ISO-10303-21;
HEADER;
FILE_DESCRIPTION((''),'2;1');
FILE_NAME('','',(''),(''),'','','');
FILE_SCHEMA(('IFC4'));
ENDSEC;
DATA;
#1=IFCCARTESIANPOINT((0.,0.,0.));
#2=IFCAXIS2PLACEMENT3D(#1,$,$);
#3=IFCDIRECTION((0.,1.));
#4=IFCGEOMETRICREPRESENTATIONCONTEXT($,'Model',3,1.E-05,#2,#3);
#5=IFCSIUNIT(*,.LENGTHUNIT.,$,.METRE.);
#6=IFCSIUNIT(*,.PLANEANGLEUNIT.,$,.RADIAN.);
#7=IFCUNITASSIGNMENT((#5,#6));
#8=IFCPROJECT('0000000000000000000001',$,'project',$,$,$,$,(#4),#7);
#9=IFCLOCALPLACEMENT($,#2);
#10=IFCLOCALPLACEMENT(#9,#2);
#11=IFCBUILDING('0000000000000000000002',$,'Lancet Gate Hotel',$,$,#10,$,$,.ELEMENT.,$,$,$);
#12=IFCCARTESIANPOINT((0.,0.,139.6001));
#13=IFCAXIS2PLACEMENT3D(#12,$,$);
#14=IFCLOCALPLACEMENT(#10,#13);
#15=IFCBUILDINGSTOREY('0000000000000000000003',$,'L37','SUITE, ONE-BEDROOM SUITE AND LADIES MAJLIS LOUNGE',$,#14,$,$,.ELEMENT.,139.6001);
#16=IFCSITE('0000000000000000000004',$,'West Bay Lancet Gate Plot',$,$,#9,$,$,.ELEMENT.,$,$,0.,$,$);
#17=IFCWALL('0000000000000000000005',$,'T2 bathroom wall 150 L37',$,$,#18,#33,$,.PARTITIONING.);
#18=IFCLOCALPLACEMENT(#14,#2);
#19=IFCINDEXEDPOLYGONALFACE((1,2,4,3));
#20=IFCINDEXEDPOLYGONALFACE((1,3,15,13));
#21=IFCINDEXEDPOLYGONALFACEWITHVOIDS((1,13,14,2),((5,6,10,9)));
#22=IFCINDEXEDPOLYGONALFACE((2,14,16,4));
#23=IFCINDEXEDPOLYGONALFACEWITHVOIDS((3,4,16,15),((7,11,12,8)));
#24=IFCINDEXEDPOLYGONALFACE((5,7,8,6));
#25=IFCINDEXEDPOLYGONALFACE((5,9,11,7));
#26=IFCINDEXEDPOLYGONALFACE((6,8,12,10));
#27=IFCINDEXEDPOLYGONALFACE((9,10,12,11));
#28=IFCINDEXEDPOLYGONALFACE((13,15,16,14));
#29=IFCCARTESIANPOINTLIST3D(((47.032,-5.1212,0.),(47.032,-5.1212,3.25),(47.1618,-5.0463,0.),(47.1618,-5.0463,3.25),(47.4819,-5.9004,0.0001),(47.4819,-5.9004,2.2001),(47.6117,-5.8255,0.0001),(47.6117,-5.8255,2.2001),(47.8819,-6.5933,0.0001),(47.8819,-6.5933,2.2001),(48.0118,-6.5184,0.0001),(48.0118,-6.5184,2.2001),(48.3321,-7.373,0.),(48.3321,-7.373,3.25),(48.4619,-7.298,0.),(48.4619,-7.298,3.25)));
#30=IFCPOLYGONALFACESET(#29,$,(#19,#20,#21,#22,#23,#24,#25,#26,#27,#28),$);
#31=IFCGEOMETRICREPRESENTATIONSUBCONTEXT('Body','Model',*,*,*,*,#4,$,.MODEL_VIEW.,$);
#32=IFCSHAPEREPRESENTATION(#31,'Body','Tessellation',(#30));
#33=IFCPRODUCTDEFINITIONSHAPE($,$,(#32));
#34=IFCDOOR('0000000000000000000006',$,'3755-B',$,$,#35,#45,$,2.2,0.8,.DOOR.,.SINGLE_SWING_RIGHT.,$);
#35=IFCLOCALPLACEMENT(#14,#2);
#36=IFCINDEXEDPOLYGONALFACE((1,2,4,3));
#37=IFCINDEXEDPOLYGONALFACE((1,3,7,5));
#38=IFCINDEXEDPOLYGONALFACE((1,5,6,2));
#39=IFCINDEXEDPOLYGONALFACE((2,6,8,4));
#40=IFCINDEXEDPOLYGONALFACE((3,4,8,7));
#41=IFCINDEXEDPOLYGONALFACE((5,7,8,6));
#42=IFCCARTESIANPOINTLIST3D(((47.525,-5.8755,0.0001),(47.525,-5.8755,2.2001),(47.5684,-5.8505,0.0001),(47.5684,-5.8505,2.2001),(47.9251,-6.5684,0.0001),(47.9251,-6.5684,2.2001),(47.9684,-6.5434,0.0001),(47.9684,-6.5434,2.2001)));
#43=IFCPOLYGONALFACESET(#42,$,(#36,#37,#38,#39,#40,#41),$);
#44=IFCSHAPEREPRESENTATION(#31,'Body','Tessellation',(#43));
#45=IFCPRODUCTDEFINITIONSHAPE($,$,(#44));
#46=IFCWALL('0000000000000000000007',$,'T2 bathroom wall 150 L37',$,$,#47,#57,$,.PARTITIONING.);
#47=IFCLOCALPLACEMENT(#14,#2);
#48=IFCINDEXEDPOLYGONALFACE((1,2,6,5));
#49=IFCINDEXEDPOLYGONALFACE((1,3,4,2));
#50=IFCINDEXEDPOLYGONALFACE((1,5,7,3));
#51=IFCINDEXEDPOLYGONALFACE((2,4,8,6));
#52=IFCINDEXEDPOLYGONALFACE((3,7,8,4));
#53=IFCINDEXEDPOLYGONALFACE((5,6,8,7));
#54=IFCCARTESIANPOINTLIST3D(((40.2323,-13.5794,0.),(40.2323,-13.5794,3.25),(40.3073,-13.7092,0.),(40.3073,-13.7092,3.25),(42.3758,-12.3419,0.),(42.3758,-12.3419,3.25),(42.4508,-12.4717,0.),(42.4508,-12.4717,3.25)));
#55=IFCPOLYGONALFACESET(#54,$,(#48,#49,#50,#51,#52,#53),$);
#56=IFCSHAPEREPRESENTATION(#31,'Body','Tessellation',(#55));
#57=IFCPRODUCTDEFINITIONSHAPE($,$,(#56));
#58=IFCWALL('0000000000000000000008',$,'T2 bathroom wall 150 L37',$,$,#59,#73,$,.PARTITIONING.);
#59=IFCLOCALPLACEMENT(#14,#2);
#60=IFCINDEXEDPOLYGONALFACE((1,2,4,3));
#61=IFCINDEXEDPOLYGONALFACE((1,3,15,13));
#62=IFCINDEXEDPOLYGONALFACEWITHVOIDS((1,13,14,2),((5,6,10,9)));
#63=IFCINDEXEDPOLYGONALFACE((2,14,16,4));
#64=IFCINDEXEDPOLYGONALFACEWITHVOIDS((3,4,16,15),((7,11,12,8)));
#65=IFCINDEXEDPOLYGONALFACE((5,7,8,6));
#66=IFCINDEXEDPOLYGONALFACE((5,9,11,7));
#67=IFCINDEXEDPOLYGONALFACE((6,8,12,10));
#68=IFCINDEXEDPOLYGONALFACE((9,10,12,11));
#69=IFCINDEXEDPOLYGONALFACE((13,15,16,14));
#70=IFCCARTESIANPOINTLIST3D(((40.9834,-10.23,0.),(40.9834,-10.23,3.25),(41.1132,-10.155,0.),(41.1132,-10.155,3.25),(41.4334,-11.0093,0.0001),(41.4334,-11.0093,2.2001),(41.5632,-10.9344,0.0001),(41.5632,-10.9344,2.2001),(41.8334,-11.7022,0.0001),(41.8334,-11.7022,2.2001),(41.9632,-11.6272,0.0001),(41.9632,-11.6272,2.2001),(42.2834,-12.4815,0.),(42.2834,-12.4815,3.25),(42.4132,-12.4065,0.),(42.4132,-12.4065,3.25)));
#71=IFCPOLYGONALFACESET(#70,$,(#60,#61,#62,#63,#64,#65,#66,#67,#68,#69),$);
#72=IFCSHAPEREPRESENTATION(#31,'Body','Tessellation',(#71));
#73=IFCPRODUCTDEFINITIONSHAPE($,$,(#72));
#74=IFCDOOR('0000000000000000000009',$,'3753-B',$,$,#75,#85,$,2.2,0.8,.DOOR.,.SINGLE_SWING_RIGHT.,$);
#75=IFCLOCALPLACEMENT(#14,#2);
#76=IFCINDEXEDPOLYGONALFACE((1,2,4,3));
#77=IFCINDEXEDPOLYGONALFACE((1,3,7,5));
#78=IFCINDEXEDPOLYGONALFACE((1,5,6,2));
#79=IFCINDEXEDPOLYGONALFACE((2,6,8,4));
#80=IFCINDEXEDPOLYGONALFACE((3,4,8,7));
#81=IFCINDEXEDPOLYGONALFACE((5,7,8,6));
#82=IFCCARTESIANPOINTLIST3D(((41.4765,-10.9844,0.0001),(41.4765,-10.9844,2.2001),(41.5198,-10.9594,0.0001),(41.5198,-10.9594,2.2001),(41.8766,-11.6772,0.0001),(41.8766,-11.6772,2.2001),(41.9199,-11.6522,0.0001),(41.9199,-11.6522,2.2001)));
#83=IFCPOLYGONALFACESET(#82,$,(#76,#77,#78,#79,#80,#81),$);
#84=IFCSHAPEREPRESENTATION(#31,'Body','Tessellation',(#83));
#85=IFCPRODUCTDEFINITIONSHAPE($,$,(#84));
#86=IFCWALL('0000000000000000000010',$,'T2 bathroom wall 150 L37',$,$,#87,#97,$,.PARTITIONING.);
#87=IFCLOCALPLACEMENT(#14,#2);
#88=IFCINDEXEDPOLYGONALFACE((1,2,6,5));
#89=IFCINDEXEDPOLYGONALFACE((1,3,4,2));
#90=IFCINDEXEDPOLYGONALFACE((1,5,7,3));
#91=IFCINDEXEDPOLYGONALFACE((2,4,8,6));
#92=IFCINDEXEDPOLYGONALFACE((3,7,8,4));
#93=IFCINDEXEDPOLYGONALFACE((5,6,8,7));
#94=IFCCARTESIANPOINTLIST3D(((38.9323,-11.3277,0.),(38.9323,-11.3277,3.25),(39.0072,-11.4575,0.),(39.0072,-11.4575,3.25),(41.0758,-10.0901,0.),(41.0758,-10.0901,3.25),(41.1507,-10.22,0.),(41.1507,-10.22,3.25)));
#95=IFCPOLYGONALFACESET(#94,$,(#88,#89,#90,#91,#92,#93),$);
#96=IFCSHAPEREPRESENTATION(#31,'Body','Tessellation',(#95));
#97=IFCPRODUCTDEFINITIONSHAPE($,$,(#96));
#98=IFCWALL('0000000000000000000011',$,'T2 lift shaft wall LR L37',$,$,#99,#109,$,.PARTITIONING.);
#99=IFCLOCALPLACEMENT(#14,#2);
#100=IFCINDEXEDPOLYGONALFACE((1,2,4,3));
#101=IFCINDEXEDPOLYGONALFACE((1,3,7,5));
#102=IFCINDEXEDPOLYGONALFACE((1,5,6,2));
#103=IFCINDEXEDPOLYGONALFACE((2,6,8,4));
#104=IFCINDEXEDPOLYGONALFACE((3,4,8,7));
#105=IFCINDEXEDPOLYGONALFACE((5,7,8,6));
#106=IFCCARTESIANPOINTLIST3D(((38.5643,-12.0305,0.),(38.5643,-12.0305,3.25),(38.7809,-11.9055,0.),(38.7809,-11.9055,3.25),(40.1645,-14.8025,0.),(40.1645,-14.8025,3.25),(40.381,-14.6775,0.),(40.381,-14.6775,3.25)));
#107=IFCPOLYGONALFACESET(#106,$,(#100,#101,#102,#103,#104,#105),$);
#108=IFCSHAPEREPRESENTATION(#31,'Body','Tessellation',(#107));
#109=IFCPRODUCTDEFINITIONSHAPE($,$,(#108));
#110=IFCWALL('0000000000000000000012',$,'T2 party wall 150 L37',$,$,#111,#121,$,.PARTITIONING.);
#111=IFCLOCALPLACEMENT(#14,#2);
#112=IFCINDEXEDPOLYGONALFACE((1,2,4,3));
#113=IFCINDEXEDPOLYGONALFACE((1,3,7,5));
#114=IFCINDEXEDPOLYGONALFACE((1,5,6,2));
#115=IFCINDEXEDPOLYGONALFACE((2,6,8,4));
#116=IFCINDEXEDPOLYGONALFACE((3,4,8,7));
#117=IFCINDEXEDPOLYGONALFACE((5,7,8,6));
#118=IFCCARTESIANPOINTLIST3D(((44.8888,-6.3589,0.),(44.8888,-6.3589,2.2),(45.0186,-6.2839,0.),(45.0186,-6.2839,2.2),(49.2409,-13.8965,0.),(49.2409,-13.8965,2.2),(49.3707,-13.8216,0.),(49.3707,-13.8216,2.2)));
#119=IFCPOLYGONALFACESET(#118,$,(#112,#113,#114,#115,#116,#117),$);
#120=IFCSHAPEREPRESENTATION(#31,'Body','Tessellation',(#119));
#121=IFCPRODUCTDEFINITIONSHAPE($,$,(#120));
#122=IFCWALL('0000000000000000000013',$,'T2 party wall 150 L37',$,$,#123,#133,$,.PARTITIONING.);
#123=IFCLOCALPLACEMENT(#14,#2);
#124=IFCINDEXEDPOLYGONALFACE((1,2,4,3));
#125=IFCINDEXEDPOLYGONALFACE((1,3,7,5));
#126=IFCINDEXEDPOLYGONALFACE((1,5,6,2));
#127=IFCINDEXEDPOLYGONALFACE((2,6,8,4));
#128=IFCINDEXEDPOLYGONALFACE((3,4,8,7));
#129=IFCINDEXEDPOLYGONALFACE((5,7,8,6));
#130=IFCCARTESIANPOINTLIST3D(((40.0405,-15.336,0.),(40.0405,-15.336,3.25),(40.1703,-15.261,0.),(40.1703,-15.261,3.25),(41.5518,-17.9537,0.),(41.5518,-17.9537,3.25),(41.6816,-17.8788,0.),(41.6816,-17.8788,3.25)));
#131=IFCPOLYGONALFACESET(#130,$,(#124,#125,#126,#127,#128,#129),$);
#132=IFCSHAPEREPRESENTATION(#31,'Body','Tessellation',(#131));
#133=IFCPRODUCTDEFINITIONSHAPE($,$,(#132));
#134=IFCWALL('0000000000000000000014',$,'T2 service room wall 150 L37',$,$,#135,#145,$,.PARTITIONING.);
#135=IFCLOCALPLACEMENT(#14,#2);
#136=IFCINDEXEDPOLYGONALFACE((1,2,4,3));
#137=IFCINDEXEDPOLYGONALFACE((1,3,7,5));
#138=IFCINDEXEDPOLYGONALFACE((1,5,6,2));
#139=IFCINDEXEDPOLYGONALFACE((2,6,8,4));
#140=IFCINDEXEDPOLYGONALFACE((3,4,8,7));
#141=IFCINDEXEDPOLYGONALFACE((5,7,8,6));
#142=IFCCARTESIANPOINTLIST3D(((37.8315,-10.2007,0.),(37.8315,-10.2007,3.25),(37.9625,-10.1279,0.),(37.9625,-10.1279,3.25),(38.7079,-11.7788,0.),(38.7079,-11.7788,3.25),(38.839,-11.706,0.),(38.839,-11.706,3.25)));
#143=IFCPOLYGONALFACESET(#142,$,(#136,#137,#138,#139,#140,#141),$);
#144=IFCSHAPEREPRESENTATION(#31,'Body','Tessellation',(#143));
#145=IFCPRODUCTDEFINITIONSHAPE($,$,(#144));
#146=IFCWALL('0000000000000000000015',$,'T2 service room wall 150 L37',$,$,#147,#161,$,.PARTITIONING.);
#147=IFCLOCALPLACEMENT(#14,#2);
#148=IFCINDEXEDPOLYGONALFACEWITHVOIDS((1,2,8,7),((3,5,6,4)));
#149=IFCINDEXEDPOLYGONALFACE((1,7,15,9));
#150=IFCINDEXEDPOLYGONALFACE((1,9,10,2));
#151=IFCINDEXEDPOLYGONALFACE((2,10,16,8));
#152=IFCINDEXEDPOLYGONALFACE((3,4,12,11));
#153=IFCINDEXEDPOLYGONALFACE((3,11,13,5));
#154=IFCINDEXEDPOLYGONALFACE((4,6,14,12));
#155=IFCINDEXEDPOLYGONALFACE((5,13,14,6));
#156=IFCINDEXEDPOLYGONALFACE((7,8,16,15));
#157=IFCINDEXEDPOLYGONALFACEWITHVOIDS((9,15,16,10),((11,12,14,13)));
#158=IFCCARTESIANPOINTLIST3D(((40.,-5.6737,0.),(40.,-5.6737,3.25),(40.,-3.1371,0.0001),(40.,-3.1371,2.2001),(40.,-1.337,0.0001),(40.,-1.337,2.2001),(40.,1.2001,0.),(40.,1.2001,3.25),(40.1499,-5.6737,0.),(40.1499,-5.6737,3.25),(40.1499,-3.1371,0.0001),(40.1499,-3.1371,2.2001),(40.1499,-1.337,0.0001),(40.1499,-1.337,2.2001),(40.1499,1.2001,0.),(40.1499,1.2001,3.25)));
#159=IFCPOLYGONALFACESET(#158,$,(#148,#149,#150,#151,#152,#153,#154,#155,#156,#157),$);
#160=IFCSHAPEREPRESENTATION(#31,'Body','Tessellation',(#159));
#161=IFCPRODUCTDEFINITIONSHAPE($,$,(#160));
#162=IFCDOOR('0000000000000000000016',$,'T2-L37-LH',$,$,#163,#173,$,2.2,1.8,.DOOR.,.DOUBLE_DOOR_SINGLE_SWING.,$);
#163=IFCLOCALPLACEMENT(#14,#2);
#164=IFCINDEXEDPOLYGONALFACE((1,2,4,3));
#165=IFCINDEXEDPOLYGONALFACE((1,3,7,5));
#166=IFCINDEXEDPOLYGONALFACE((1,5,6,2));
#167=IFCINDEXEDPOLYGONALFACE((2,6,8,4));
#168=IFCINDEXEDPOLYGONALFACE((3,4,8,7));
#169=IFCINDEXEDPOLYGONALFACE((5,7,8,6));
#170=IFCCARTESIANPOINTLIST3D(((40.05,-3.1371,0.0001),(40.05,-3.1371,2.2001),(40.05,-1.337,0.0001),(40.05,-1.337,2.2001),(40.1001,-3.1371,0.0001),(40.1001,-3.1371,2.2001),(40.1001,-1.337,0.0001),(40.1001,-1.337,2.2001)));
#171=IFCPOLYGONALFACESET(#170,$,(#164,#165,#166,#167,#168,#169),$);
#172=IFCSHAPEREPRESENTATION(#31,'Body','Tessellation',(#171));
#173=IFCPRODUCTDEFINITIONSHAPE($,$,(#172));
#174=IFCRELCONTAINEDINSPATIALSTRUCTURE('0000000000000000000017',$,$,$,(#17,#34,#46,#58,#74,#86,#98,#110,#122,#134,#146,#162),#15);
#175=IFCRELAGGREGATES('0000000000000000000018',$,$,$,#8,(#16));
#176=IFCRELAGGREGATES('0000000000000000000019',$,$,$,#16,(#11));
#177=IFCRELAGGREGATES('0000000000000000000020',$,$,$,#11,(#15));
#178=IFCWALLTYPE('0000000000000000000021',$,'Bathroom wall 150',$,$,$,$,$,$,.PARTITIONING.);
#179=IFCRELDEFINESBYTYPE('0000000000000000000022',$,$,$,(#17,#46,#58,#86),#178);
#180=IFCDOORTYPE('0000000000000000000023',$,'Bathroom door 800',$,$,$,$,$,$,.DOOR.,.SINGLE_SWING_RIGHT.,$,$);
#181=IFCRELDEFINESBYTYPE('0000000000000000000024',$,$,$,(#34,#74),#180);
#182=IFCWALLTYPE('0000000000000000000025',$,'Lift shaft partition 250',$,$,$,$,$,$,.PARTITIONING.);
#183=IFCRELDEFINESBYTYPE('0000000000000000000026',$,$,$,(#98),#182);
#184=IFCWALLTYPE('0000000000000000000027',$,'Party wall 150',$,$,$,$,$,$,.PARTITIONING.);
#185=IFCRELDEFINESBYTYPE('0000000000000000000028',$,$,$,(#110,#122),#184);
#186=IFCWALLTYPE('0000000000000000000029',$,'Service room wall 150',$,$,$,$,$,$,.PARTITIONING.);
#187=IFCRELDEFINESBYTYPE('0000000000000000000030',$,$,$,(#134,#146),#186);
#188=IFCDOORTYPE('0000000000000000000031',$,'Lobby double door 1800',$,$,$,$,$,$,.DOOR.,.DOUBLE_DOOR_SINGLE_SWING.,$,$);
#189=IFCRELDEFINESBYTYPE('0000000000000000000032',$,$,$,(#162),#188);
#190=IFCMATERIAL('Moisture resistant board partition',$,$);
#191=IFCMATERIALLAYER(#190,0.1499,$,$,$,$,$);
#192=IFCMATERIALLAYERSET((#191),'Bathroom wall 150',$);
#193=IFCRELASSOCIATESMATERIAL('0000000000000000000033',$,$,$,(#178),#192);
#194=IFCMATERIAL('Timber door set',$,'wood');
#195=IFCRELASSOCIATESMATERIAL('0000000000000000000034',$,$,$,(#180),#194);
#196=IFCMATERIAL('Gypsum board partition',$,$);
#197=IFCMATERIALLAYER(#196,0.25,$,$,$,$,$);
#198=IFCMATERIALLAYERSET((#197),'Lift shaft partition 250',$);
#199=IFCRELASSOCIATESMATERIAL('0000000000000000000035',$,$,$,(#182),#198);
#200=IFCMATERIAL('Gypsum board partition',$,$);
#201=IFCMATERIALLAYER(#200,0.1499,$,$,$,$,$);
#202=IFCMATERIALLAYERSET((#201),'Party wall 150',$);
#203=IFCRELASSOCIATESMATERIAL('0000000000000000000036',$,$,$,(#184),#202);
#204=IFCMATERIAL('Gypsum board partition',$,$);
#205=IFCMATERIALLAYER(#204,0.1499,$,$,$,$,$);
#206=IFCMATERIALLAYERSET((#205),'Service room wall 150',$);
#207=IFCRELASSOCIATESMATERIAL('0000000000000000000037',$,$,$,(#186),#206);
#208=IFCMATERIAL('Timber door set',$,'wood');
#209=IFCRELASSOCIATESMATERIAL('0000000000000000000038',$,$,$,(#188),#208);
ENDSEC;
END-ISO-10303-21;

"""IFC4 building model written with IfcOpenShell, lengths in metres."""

from ifc_helpers import new_model, si_unit, direction, frame, frame_2d, origin, place, context, subcontext, project, spatial, rectangle, extrude, material, layer, layer_set, type_object, element, fill, save


model = new_model("IFC4")

# Units and contexts
model_context = context("Model", 3, precision=1e-05, world=origin(), true_north=direction((0.0, 1.0)))
body_context = subcontext(model_context, "Body", "Model", "MODEL_VIEW")
ifc_project = project(units=[si_unit("LENGTHUNIT", "METRE"), si_unit("PLANEANGLEUNIT", "RADIAN")], contexts=[model_context])

# Site, building, storey
site_placement = place(None, origin())
site = spatial("IfcSite", under=ifc_project, at=site_placement, Name="West Bay Lancet Gate Plot", CompositionType="ELEMENT", RefElevation=0.0)
building_placement = place(site_placement, origin())
building = spatial("IfcBuilding", under=site, at=building_placement, Name="Lancet Gate Hotel", CompositionType="ELEMENT")
storey_placement = place(building_placement, frame((0.0, 0.0, 139.6001)))
storey = spatial("IfcBuildingStorey", under=building, at=storey_placement, Name="L37", Description="SUITE, ONE-BEDROOM SUITE AND LADIES MAJLIS LOUNGE", CompositionType="ELEMENT", Elevation=139.6001)

# Shared definitions
ifc_material_1 = material(Name="Moisture resistant board partition")
ifc_layer_1 = layer(ifc_material_1, 0.1499)
ifc_layer_set_1 = layer_set([ifc_layer_1], Name="Bathroom wall 150")
wall_type_1 = type_object("IfcWallType", Name="Bathroom wall 150", PredefinedType="PARTITIONING", material=ifc_layer_set_1)

# Wall, opening, door
wall_1_placement = place(storey_placement, frame((47.0969, -5.0837, 0.0), z_axis=(0.0, 0.0, 1.0), x_axis=(0.500007, -0.866021, 0.0)))
wall_1 = element("IfcWall", 1, at=wall_1_placement, inside=storey, type_object=wall_type_1, Name="T2 bathroom wall 150 L37", PredefinedType="PARTITIONING", context=body_context, shape_type="SweptSolid", body=[
    extrude(rectangle(XDim=2.6001, YDim=0.1499, at=frame_2d((1.3, 0.0))), origin(), (0.0, 0.0, 1.0), 3.25),
])
opening_1_placement = place(wall_1_placement, frame((0.8999, 0.0, 0.0)))
opening_1 = element("IfcOpeningElement", 2, at=opening_1_placement, cuts=wall_1, PredefinedType="OPENING", context=body_context, shape_type="SweptSolid", body=[
    extrude(rectangle(XDim=0.8, YDim=2.2, at=frame_2d((0.3999, 1.1001))), frame((0.0, 0.085, 0.0), z_axis=(0.0, -1.0, 0.0), x_axis=(1.0, 0.0, 0.0)), (0.0, 0.0, 1.0), 0.1699),
])
ifc_material_2 = material(Name="Timber door set", Category="wood")
door_type_1 = type_object("IfcDoorType", Name="Bathroom door 800", OperationType="SINGLE_SWING_RIGHT", PredefinedType="DOOR", material=ifc_material_2)
door_1_placement = place(opening_1_placement, origin())
door_1 = element("IfcDoor", 3, at=door_1_placement, inside=storey, type_object=door_type_1, Name="3755-B", OperationType="SINGLE_SWING_RIGHT", OverallHeight=2.2, OverallWidth=0.8, PredefinedType="DOOR", context=body_context, shape_type="SweptSolid", body=[
    extrude(rectangle(XDim=0.8, YDim=2.2, at=frame_2d((0.3999, 1.1001))), frame((0.0, 0.0249, 0.0), z_axis=(0.0, -1.0, 0.0), x_axis=(1.0, 0.0, 0.0)), (0.0, 0.0, 1.0), 0.05),
])
fill(opening_1, door_1)

# Wall
wall_2_placement = place(storey_placement, frame((40.2698, -13.6443, 0.0), z_axis=(0.0, 0.0, 1.0), x_axis=(0.866031, 0.49999, 0.0)))
element("IfcWall", 4, at=wall_2_placement, inside=storey, type_object=wall_type_1, Name="T2 bathroom wall 150 L37", PredefinedType="PARTITIONING", context=body_context, shape_type="SweptSolid", body=[
    extrude(rectangle(XDim=2.4751, YDim=0.1499, at=frame_2d((1.2375, 0.0))), origin(), (0.0, 0.0, 1.0), 3.25),
])

# Wall, opening, door
wall_3_placement = place(storey_placement, frame((41.0483, -10.1926, 0.0), z_axis=(0.0, 0.0, 1.0), x_axis=(0.500048, -0.865998, 0.0)))
wall_3 = element("IfcWall", 5, at=wall_3_placement, inside=storey, type_object=wall_type_1, Name="T2 bathroom wall 150 L37", PredefinedType="PARTITIONING", context=body_context, shape_type="SweptSolid", body=[
    extrude(rectangle(XDim=2.5999, YDim=0.1499, at=frame_2d((1.2998, 0.0))), origin(), (0.0, 0.0, 1.0), 3.25),
])
opening_2_placement = place(wall_3_placement, frame((0.8999, 0.0, 0.0)))
opening_2 = element("IfcOpeningElement", 6, at=opening_2_placement, cuts=wall_3, PredefinedType="OPENING", context=body_context, shape_type="SweptSolid", body=[
    extrude(rectangle(XDim=0.8, YDim=2.2, at=frame_2d((0.3999, 1.1001))), frame((0.0, 0.085, 0.0), z_axis=(0.0, -1.0, 0.0), x_axis=(1.0, 0.0, 0.0)), (0.0, 0.0, 1.0), 0.1699),
])
door_2_placement = place(opening_2_placement, origin())
door_2 = element("IfcDoor", 7, at=door_2_placement, inside=storey, type_object=door_type_1, Name="3753-B", OperationType="SINGLE_SWING_RIGHT", OverallHeight=2.2, OverallWidth=0.8, PredefinedType="DOOR", context=body_context, shape_type="SweptSolid", body=[
    extrude(rectangle(XDim=0.8, YDim=2.2, at=frame_2d((0.3999, 1.1001))), frame((0.0, 0.0249, 0.0), z_axis=(0.0, -1.0, 0.0), x_axis=(1.0, 0.0, 0.0)), (0.0, 0.0, 1.0), 0.05),
])
fill(opening_2, door_2)

# Walls
wall_4_placement = place(storey_placement, frame((38.9697, -11.3926, 0.0), z_axis=(0.0, 0.0, 1.0), x_axis=(0.866031, 0.49999, 0.0)))
element("IfcWall", 8, at=wall_4_placement, inside=storey, type_object=wall_type_1, Name="T2 bathroom wall 150 L37", PredefinedType="PARTITIONING", context=body_context, shape_type="SweptSolid", body=[
    extrude(rectangle(XDim=2.4751, YDim=0.1499, at=frame_2d((1.2375, 0.0))), origin(), (0.0, 0.0, 1.0), 3.25),
])
ifc_material_3 = material(Name="Gypsum board partition")
ifc_layer_2 = layer(ifc_material_3, 0.25)
ifc_layer_set_2 = layer_set([ifc_layer_2], Name="Lift shaft partition 250")
wall_type_2 = type_object("IfcWallType", Name="Lift shaft partition 250", PredefinedType="PARTITIONING", material=ifc_layer_set_2)
wall_5_placement = place(storey_placement, frame((38.6726, -11.968, 0.0), z_axis=(0.0, 0.0, 1.0), x_axis=(0.499929, -0.866066, 0.0)))
element("IfcWall", 9, at=wall_5_placement, inside=storey, type_object=wall_type_2, Name="T2 lift shaft wall LR L37", PredefinedType="PARTITIONING", context=body_context, shape_type="SweptSolid", body=[
    extrude(rectangle(XDim=3.2007, YDim=0.25, at=frame_2d((1.6003, 0.0))), origin(), (0.0, 0.0, 1.0), 3.25),
])
ifc_material_4 = material(Name="Gypsum board partition")
ifc_layer_3 = layer(ifc_material_4, 0.1499)
ifc_layer_set_3 = layer_set([ifc_layer_3], Name="Party wall 150")
wall_type_3 = type_object("IfcWallType", Name="Party wall 150", PredefinedType="PARTITIONING", material=ifc_layer_set_3)
wall_6_placement = place(storey_placement, frame((44.9536, -6.3213, 0.0), z_axis=(0.0, 0.0, 1.0), x_axis=(0.500019, -0.866015, 0.0)))
element("IfcWall", 10, at=wall_6_placement, inside=storey, type_object=wall_type_3, Name="T2 party wall 150 L37", PredefinedType="PARTITIONING", context=body_context, shape_type="SweptSolid", body=[
    extrude(rectangle(XDim=8.7039, YDim=0.1499, at=frame_2d((4.3521, 0.0))), origin(), (0.0, 0.0, 1.0), 2.2),
])
wall_7_placement = place(storey_placement, frame((40.1055, -15.2986, 0.0), z_axis=(0.0, 0.0, 1.0), x_axis=(0.499979, -0.866038, 0.0)))
element("IfcWall", 11, at=wall_7_placement, inside=storey, type_object=wall_type_3, Name="T2 party wall 150 L37", PredefinedType="PARTITIONING", context=body_context, shape_type="SweptSolid", body=[
    extrude(rectangle(XDim=3.0227, YDim=0.1499, at=frame_2d((1.5112, 0.0))), origin(), (0.0, 0.0, 1.0), 3.25),
])
ifc_material_5 = material(Name="Gypsum board partition")
ifc_layer_4 = layer(ifc_material_5, 0.1499)
ifc_layer_set_4 = layer_set([ifc_layer_4], Name="Service room wall 150")
wall_type_4 = type_object("IfcWallType", Name="Service room wall 150", PredefinedType="PARTITIONING", material=ifc_layer_set_4)
wall_8_placement = place(storey_placement, frame((38.7734, -11.7424, 0.0), z_axis=(0.0, 0.0, 1.0), x_axis=(-0.485528, 0.874221, 0.0)))
element("IfcWall", 12, at=wall_8_placement, inside=storey, type_object=wall_type_4, Name="T2 service room wall 150 L37", PredefinedType="PARTITIONING", context=body_context, shape_type="SweptSolid", body=[
    extrude(rectangle(XDim=1.8052, YDim=0.1499, at=frame_2d((0.9026, 0.0))), origin(), (0.0, 0.0, 1.0), 3.25),
])

# Wall, opening, door
wall_9_placement = place(storey_placement, frame((40.075, -5.6738, 0.0), z_axis=(0.0, 0.0, 1.0), x_axis=(0.0, 1.0, 0.0)))
wall_9 = element("IfcWall", 13, at=wall_9_placement, inside=storey, type_object=wall_type_4, Name="T2 service room wall 150 L37", PredefinedType="PARTITIONING", context=body_context, shape_type="SweptSolid", body=[
    extrude(rectangle(XDim=6.8738, YDim=0.1499, at=frame_2d((3.437, 0.0))), origin(), (0.0, 0.0, 1.0), 3.25),
])
opening_3_placement = place(wall_9_placement, frame((2.5369, 0.0, 0.0)))
opening_3 = element("IfcOpeningElement", 14, at=opening_3_placement, cuts=wall_9, PredefinedType="OPENING", context=body_context, shape_type="SweptSolid", body=[
    extrude(rectangle(XDim=1.8, YDim=2.2, at=frame_2d((0.8999, 1.1001))), frame((0.0, 0.085, 0.0), z_axis=(0.0, -1.0, 0.0), x_axis=(1.0, 0.0, 0.0)), (0.0, 0.0, 1.0), 0.1699),
])
ifc_material_6 = material(Name="Timber door set", Category="wood")
door_type_2 = type_object("IfcDoorType", Name="Lobby double door 1800", OperationType="DOUBLE_DOOR_SINGLE_SWING", PredefinedType="DOOR", material=ifc_material_6)
door_3_placement = place(opening_3_placement, origin())
door_3 = element("IfcDoor", 15, at=door_3_placement, inside=storey, type_object=door_type_2, Name="T2-L37-LH", OperationType="DOUBLE_DOOR_SINGLE_SWING", OverallHeight=2.2, OverallWidth=1.8, PredefinedType="DOOR", context=body_context, shape_type="SweptSolid", body=[
    extrude(rectangle(XDim=1.8, YDim=2.2, at=frame_2d((0.8999, 1.1001))), frame((0.0, 0.0249, 0.0), z_axis=(0.0, -1.0, 0.0), x_axis=(1.0, 0.0, 0.0)), (0.0, 0.0, 1.0), 0.05),
])
fill(opening_3, door_3)

save(model, "model.ifc")
